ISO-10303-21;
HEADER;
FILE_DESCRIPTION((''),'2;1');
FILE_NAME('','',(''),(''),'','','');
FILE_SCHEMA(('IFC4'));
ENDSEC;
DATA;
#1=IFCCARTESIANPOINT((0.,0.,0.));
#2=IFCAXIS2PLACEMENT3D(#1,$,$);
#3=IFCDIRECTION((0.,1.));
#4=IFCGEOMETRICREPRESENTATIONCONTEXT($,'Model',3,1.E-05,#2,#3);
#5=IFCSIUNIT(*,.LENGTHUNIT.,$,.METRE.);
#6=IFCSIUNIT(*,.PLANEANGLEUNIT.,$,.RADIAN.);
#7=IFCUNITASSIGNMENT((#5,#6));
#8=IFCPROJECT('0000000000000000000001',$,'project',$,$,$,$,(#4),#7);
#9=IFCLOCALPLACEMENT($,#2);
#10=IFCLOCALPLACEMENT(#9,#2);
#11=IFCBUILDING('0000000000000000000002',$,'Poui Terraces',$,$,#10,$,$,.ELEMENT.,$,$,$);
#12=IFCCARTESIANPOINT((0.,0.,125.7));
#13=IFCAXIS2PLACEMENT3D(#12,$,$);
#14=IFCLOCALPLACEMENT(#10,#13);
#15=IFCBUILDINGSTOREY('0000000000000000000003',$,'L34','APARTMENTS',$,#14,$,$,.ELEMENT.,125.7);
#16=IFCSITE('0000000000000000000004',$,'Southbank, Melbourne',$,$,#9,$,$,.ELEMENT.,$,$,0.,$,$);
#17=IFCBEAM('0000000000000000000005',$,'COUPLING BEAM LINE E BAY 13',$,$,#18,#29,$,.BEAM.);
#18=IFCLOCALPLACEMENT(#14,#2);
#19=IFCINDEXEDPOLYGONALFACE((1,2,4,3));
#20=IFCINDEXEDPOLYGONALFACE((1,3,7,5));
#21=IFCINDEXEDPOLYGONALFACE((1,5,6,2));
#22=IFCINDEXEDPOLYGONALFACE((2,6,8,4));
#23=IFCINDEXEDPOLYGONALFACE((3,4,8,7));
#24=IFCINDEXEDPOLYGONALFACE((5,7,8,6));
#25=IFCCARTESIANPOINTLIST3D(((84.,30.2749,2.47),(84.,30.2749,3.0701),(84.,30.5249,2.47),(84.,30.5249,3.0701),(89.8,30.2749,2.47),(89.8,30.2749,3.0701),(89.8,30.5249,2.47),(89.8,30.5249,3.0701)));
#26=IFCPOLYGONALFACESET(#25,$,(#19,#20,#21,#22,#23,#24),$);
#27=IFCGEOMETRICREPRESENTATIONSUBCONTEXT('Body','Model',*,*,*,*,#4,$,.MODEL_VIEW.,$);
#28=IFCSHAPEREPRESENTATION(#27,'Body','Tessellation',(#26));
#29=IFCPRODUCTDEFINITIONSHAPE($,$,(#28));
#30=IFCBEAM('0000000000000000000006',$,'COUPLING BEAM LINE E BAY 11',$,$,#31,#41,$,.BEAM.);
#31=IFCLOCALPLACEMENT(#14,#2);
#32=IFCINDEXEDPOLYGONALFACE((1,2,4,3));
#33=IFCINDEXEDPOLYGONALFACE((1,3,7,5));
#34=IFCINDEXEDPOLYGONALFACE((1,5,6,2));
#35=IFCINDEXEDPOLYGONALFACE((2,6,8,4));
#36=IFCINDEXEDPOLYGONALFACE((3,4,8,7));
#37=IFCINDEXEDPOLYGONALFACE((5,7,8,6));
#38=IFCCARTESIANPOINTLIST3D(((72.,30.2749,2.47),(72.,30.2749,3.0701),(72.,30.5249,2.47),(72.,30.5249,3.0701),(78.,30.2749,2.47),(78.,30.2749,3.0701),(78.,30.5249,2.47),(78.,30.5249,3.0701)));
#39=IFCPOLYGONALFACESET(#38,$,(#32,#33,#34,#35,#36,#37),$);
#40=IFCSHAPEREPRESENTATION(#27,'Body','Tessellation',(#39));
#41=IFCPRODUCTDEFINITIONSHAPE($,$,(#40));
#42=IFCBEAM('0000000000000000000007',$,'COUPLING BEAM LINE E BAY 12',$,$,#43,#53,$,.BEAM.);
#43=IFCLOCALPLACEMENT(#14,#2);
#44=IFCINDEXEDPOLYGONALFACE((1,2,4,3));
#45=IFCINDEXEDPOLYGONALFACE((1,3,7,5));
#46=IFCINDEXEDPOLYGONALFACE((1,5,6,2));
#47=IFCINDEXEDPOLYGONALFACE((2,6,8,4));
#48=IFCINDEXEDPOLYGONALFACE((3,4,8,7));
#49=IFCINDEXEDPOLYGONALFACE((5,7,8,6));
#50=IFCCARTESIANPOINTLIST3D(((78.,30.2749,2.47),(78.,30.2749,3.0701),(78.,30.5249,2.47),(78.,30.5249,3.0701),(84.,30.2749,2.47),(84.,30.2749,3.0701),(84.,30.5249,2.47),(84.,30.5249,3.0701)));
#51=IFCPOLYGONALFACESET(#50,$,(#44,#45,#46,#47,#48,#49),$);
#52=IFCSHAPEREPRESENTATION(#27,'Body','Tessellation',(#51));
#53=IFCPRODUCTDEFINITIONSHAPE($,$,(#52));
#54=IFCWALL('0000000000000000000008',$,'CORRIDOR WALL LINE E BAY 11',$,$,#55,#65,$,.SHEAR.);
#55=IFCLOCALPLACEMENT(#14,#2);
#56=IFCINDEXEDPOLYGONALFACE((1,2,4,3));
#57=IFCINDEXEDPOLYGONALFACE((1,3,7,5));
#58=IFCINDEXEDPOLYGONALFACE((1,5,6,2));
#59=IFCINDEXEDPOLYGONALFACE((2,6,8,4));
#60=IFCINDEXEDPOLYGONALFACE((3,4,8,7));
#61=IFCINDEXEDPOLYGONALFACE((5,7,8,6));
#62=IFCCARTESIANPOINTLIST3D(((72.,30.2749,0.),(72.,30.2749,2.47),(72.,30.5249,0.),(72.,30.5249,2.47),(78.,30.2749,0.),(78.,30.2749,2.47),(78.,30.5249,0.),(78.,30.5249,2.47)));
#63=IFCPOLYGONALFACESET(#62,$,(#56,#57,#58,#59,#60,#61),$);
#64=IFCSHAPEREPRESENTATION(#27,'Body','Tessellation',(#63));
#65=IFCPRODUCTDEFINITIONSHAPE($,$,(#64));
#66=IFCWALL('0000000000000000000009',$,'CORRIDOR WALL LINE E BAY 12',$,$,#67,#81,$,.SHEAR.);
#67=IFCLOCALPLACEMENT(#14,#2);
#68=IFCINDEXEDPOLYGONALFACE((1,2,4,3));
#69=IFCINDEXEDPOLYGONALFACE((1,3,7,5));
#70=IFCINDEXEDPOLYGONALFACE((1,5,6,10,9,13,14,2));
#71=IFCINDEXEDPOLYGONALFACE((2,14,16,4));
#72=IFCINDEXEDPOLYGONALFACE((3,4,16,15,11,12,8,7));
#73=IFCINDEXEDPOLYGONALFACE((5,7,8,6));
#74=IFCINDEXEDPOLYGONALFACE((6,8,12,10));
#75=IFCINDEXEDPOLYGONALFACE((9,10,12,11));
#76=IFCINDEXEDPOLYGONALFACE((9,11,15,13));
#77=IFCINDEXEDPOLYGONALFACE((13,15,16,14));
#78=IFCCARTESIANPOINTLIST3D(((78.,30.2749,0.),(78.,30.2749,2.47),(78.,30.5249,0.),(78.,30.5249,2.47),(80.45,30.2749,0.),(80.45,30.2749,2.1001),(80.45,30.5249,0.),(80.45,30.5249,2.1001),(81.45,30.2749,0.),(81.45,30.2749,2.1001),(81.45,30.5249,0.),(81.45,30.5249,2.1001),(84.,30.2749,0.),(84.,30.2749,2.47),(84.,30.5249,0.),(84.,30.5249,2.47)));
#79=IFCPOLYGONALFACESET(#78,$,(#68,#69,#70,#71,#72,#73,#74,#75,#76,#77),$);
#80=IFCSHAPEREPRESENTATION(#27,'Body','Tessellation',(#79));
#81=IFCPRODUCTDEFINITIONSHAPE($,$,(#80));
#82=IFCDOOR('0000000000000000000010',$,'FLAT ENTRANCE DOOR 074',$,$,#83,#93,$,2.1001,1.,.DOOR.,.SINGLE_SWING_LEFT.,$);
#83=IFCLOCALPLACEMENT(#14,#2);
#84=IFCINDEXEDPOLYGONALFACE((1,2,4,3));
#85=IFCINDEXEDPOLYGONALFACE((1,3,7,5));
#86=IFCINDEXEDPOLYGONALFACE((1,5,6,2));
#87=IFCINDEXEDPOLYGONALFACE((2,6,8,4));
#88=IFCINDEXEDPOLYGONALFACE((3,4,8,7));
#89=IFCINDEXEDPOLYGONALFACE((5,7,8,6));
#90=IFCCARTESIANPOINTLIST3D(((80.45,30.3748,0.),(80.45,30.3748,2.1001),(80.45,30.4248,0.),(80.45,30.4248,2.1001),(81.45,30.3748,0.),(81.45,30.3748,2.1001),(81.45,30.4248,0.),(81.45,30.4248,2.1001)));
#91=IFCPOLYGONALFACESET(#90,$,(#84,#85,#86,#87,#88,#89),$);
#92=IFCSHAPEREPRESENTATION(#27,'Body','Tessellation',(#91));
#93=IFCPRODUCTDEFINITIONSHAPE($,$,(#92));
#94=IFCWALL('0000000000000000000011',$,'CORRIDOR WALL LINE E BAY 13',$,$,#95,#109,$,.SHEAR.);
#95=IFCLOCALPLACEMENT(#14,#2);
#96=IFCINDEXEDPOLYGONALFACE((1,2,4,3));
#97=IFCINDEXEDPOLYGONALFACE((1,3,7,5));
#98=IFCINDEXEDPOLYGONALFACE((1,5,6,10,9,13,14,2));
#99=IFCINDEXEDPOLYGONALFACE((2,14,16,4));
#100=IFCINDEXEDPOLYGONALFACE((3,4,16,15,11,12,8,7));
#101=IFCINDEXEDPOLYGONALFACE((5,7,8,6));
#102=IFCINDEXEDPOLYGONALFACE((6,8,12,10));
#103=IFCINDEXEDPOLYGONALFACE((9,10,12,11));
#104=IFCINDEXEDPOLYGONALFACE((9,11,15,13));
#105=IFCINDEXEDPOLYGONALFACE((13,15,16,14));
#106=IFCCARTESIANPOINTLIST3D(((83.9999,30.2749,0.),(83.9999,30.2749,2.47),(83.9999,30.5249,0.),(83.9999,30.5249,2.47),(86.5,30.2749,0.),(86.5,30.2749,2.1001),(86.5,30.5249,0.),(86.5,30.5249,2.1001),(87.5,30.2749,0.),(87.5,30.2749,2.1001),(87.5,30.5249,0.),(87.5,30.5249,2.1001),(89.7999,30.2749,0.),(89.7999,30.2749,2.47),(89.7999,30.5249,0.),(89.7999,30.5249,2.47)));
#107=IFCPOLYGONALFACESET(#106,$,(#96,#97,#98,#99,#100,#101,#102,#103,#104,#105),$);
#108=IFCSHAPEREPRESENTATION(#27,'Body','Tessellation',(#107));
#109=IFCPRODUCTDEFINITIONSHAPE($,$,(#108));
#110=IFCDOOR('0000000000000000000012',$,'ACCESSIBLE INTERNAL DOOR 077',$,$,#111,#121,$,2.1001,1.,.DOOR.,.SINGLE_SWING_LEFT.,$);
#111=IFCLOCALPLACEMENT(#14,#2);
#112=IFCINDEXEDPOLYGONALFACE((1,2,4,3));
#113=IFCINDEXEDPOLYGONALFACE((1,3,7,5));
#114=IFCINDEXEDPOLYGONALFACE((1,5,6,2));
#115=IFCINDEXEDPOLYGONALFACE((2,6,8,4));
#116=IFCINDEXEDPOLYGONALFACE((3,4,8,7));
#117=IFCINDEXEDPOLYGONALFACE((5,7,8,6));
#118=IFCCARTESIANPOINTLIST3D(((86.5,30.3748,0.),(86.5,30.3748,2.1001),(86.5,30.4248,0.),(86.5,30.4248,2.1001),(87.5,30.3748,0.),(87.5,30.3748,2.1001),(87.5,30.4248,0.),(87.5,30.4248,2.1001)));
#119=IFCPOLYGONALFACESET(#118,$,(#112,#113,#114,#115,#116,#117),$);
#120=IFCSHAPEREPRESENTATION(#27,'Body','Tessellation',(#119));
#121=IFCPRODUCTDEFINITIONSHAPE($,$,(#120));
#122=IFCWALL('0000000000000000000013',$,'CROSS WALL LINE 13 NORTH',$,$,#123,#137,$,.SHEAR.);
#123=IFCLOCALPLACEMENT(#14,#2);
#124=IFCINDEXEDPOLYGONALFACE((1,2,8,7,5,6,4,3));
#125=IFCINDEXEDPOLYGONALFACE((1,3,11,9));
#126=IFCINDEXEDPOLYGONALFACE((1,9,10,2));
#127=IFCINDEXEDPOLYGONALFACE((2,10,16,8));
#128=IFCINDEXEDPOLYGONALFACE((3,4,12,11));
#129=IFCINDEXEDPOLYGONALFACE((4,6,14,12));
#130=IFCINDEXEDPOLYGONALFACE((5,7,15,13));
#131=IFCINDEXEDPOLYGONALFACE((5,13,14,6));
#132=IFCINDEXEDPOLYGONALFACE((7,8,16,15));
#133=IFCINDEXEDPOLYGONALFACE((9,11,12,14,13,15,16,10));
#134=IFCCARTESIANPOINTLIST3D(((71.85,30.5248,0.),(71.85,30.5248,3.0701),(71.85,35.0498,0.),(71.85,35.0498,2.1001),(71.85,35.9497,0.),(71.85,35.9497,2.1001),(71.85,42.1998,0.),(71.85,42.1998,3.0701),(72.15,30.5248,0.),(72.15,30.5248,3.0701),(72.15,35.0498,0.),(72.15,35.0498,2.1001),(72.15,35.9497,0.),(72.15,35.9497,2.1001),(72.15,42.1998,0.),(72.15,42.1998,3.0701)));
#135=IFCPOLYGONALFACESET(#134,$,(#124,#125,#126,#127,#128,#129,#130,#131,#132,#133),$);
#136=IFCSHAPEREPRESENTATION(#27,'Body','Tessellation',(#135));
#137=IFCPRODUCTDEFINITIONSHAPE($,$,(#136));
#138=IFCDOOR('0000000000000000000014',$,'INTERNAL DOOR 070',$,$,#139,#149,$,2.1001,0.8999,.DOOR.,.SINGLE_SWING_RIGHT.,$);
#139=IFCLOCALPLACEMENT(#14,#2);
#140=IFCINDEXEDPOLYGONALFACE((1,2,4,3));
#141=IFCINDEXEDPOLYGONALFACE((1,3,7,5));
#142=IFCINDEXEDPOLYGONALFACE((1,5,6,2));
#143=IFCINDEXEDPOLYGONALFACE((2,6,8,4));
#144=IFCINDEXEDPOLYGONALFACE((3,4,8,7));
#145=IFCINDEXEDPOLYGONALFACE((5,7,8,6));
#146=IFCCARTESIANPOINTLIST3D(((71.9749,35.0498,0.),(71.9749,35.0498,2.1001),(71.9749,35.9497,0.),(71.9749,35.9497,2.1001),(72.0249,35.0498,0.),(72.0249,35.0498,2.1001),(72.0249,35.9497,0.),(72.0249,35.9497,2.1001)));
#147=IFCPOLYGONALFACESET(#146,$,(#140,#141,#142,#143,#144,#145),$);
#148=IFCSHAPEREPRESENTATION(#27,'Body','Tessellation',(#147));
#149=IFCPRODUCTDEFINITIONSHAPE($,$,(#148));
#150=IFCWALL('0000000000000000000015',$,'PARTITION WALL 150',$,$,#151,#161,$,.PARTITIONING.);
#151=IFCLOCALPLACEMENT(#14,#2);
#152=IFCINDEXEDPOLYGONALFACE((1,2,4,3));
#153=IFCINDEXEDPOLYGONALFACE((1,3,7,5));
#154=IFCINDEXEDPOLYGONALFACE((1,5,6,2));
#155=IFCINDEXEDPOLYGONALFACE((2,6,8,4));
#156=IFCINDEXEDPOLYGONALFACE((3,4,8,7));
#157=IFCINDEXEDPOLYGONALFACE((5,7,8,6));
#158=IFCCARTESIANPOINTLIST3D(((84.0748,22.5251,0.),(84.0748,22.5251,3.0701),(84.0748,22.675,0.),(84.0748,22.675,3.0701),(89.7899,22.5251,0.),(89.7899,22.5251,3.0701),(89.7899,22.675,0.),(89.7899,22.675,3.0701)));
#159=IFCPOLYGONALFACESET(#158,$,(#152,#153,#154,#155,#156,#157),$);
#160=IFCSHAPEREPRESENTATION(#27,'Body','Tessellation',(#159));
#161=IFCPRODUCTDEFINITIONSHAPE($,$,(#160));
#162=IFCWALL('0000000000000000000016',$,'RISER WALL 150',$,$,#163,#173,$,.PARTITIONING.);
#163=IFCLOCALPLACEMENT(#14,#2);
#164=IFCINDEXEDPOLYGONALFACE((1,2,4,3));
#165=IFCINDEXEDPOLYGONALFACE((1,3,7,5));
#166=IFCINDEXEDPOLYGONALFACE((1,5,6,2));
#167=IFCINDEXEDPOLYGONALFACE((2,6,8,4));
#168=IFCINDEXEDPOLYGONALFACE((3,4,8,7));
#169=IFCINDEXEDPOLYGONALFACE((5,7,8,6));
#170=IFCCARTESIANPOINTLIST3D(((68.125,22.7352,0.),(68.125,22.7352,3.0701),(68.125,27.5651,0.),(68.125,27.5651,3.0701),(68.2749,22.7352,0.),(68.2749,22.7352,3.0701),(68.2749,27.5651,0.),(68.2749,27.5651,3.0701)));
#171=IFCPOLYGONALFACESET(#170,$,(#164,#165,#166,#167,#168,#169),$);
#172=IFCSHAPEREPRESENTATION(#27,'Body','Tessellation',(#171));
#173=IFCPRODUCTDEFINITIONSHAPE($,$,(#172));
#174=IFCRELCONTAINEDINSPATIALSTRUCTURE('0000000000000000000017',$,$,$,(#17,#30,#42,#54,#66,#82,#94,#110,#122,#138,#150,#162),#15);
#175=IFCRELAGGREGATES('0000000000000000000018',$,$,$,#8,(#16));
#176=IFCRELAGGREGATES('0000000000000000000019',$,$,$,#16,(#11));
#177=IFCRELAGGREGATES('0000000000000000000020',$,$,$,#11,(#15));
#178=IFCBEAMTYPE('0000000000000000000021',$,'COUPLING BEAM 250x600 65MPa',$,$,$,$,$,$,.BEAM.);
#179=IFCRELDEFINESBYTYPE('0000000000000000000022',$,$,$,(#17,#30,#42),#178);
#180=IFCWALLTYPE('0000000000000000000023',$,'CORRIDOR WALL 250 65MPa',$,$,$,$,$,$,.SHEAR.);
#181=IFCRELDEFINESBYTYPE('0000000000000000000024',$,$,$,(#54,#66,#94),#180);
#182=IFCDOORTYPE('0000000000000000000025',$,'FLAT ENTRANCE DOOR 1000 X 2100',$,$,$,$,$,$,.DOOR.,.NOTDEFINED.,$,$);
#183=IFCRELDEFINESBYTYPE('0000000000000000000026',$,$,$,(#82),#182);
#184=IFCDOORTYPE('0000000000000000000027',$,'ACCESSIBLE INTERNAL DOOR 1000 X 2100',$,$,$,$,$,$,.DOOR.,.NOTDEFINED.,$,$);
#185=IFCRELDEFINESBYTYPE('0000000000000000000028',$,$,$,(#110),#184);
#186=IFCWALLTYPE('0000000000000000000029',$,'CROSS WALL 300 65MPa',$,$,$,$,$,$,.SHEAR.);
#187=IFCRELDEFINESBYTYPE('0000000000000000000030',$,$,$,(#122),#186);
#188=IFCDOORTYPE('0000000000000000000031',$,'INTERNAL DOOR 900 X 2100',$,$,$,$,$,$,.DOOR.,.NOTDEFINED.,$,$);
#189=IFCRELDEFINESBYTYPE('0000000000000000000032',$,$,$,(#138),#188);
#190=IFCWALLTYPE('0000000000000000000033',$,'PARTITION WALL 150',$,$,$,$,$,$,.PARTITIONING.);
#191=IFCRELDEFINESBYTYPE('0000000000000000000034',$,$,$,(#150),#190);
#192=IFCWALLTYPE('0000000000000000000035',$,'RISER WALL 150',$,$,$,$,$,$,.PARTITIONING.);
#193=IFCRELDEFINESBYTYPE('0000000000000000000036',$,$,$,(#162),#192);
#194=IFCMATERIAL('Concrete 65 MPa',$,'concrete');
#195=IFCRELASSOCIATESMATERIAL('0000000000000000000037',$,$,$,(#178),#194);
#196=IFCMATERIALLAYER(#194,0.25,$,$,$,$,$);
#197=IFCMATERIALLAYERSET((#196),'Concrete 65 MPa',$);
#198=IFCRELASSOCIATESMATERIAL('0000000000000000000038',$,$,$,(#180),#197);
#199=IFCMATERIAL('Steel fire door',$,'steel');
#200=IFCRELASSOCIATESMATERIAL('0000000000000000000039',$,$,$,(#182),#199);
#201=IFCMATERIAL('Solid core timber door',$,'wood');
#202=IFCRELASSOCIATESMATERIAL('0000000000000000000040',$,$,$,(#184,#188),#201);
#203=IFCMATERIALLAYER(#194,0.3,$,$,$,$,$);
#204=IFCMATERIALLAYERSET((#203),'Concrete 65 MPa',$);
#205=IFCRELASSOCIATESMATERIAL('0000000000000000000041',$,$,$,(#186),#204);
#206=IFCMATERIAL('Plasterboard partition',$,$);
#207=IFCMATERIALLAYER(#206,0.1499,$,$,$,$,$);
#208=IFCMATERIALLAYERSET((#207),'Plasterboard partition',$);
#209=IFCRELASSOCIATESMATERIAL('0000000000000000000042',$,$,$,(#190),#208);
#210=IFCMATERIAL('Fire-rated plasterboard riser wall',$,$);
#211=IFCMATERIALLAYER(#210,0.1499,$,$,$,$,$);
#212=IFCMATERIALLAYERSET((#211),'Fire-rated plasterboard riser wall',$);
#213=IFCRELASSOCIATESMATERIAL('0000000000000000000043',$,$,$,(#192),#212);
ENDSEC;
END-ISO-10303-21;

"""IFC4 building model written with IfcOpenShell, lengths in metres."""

from ifc_helpers import new_model, si_unit, direction, frame, frame_2d, origin, origin_2d, place, context, subcontext, project, spatial, rectangle, extrude, source, transform, mapped, material, layer, layer_set, material_profile, profile_set, type_object, element, fill, save


model = new_model("IFC4")

# Units and contexts
model_context = context("Model", 3, precision=1e-05, world=origin(), true_north=direction((0.0, 1.0)))
body_context = subcontext(model_context, "Body", "Model", "MODEL_VIEW")
ifc_project = project(units=[si_unit("LENGTHUNIT", "METRE"), si_unit("PLANEANGLEUNIT", "RADIAN")], contexts=[model_context])

# Site, building, storey
site_placement = place(None, origin())
site = spatial("IfcSite", under=ifc_project, at=site_placement, Name="Southbank, Melbourne", CompositionType="ELEMENT", RefElevation=0.0)
building_placement = place(site_placement, origin())
building = spatial("IfcBuilding", under=site, at=building_placement, Name="Poui Terraces", CompositionType="ELEMENT")
storey_placement = place(building_placement, frame((0.0, 0.0, 125.7)))
storey = spatial("IfcBuildingStorey", under=building, at=storey_placement, Name="L34", Description="APARTMENTS", CompositionType="ELEMENT", Elevation=125.7)

# Beams
ifc_material_1 = material(Name="Concrete 65 MPa", Category="concrete")
ifc_material_profile = material_profile(ifc_material_1, rectangle(XDim=0.25, YDim=0.6001, at=origin_2d()), Name="RC 250x600")
ifc_profile_set = profile_set([ifc_material_profile], Name="Concrete 65 MPa")
beam_type = type_object("IfcBeamType", Name="COUPLING BEAM 250x600 65MPa", PredefinedType="BEAM", material=ifc_profile_set)
shared_shape_1 = source(origin(), body_context, "Body", "SweptSolid", [
    extrude(rectangle(XDim=0.25, YDim=0.6001, at=origin_2d()), origin(), (0.0, 0.0, 1.0), 5.8),
])
beam_placement = place(storey_placement, frame((84.0, 30.3999, 2.77), z_axis=(1.0, 0.0, 0.0), x_axis=(0.0, 1.0, 0.0)))
element("IfcBeam", 1, at=beam_placement, inside=storey, type_object=beam_type, Name="COUPLING BEAM LINE E BAY 13", PredefinedType="BEAM", context=body_context, shape_type="MappedRepresentation", body=[
    mapped(shared_shape_1, transform((0.0, 0.0, 0.0))),
])
shared_shape_2 = source(origin(), body_context, "Body", "SweptSolid", [
    extrude(rectangle(XDim=0.25, YDim=0.6001, at=origin_2d()), origin(), (0.0, 0.0, 1.0), 6.0),
])
for number, where, z_axis, x_axis, name in (
    (2, (72.0, 30.3999, 2.77), (1.0, 0.0, 0.0), (0.0, 1.0, 0.0), "COUPLING BEAM LINE E BAY 11"),
    (3, (78.0, 30.3999, 2.77), (1.0, 0.0, 0.0), (0.0, 1.0, 0.0), "COUPLING BEAM LINE E BAY 12"),
):
    element("IfcBeam", number, at=place(storey_placement, frame(where, z_axis=z_axis, x_axis=x_axis)), inside=storey, type_object=beam_type, Name=name, PredefinedType="BEAM", context=body_context, shape_type="MappedRepresentation", body=[
        mapped(shared_shape_2, transform((0.0, 0.0, 0.0))),
    ])

# Wall
ifc_layer_1 = layer(ifc_material_1, 0.25)
ifc_layer_set_1 = layer_set([ifc_layer_1], Name="Concrete 65 MPa")
wall_type_1 = type_object("IfcWallType", Name="CORRIDOR WALL 250 65MPa", PredefinedType="SHEAR", material=ifc_layer_set_1)
wall_1_placement = place(storey_placement, frame((72.0, 30.3999, 0.0), z_axis=(0.0, 0.0, 1.0), x_axis=(1.0, 0.0, 0.0)))
element("IfcWall", 4, at=wall_1_placement, inside=storey, type_object=wall_type_1, Name="CORRIDOR WALL LINE E BAY 11", PredefinedType="SHEAR", context=body_context, shape_type="SweptSolid", body=[
    extrude(rectangle(XDim=6.0, YDim=0.25, at=frame_2d((3.0, 0.0))), origin(), (0.0, 0.0, 1.0), 2.47),
])

# Walls, openings, doors
wall_2_placement = place(storey_placement, frame((78.0, 30.3999, 0.0), z_axis=(0.0, 0.0, 1.0), x_axis=(1.0, 0.0, 0.0)))
wall_2 = element("IfcWall", 5, at=wall_2_placement, inside=storey, type_object=wall_type_1, Name="CORRIDOR WALL LINE E BAY 12", PredefinedType="SHEAR", context=body_context, shape_type="SweptSolid", body=[
    extrude(rectangle(XDim=6.0, YDim=0.25, at=frame_2d((3.0, 0.0))), origin(), (0.0, 0.0, 1.0), 2.47),
])
opening_1_placement = place(wall_2_placement, frame((2.45, 0.0, 0.0)))
opening_1 = element("IfcOpeningElement", 6, at=opening_1_placement, cuts=wall_2, PredefinedType="OPENING", context=body_context, shape_type="SweptSolid", body=[
    extrude(rectangle(XDim=1.0, YDim=2.1001, at=frame_2d((0.5, 1.05))), frame((0.0, 0.135, 0.0), z_axis=(0.0, -1.0, 0.0), x_axis=(1.0, 0.0, 0.0)), (0.0, 0.0, 1.0), 0.27),
])
ifc_material_2 = material(Name="Steel fire door", Category="steel")
door_type_1 = type_object("IfcDoorType", Name="FLAT ENTRANCE DOOR 1000 X 2100", OperationType="NOTDEFINED", PredefinedType="DOOR", material=ifc_material_2)
door_1_placement = place(opening_1_placement, origin())
door_1 = element("IfcDoor", 7, at=door_1_placement, inside=storey, type_object=door_type_1, Name="FLAT ENTRANCE DOOR 074", OperationType="SINGLE_SWING_LEFT", OverallHeight=2.1001, OverallWidth=1.0, PredefinedType="DOOR", context=body_context, shape_type="SweptSolid", body=[
    extrude(rectangle(XDim=1.0, YDim=2.1001, at=frame_2d((0.5, 1.05))), frame((0.0, 0.0249, 0.0), z_axis=(0.0, -1.0, 0.0), x_axis=(1.0, 0.0, 0.0)), (0.0, 0.0, 1.0), 0.05),
])
fill(opening_1, door_1)
wall_3_placement = place(storey_placement, frame((84.0, 30.3999, 0.0), z_axis=(0.0, 0.0, 1.0), x_axis=(1.0, 0.0, 0.0)))
wall_3 = element("IfcWall", 8, at=wall_3_placement, inside=storey, type_object=wall_type_1, Name="CORRIDOR WALL LINE E BAY 13", PredefinedType="SHEAR", context=body_context, shape_type="SweptSolid", body=[
    extrude(rectangle(XDim=5.8, YDim=0.25, at=frame_2d((2.8999, 0.0))), origin(), (0.0, 0.0, 1.0), 2.47),
])
opening_2_placement = place(wall_3_placement, frame((2.5, 0.0, 0.0)))
opening_2 = element("IfcOpeningElement", 9, at=opening_2_placement, cuts=wall_3, PredefinedType="OPENING", context=body_context, shape_type="SweptSolid", body=[
    extrude(rectangle(XDim=1.0, YDim=2.1001, at=frame_2d((0.5, 1.05))), frame((0.0, 0.135, 0.0), z_axis=(0.0, -1.0, 0.0), x_axis=(1.0, 0.0, 0.0)), (0.0, 0.0, 1.0), 0.27),
])
ifc_material_3 = material(Name="Solid core timber door", Category="wood")
door_type_2 = type_object("IfcDoorType", Name="ACCESSIBLE INTERNAL DOOR 1000 X 2100", OperationType="NOTDEFINED", PredefinedType="DOOR", material=ifc_material_3)
door_2_placement = place(opening_2_placement, origin())
door_2 = element("IfcDoor", 10, at=door_2_placement, inside=storey, type_object=door_type_2, Name="ACCESSIBLE INTERNAL DOOR 077", OperationType="SINGLE_SWING_LEFT", OverallHeight=2.1001, OverallWidth=1.0, PredefinedType="DOOR", context=body_context, shape_type="SweptSolid", body=[
    extrude(rectangle(XDim=1.0, YDim=2.1001, at=frame_2d((0.5, 1.05))), frame((0.0, 0.0249, 0.0), z_axis=(0.0, -1.0, 0.0), x_axis=(1.0, 0.0, 0.0)), (0.0, 0.0, 1.0), 0.05),
])
fill(opening_2, door_2)
ifc_layer_2 = layer(ifc_material_1, 0.3)
ifc_layer_set_2 = layer_set([ifc_layer_2], Name="Concrete 65 MPa")
wall_type_2 = type_object("IfcWallType", Name="CROSS WALL 300 65MPa", PredefinedType="SHEAR", material=ifc_layer_set_2)
wall_4_placement = place(storey_placement, frame((72.0, 30.5249, 0.0), z_axis=(0.0, 0.0, 1.0), x_axis=(0.0, 1.0, 0.0)))
wall_4 = element("IfcWall", 11, at=wall_4_placement, inside=storey, type_object=wall_type_2, Name="CROSS WALL LINE 13 NORTH", PredefinedType="SHEAR", context=body_context, shape_type="SweptSolid", body=[
    extrude(rectangle(XDim=11.675, YDim=0.3, at=frame_2d((5.8374, 0.0))), origin(), (0.0, 0.0, 1.0), 3.0701),
])
opening_3_placement = place(wall_4_placement, frame((4.5249, 0.0, 0.0)))
opening_3 = element("IfcOpeningElement", 12, at=opening_3_placement, cuts=wall_4, PredefinedType="OPENING", context=body_context, shape_type="SweptSolid", body=[
    extrude(rectangle(XDim=0.8999, YDim=2.1001, at=frame_2d((0.45, 1.05))), frame((0.0, 0.1602, 0.0), z_axis=(0.0, -1.0, 0.0), x_axis=(1.0, 0.0, 0.0)), (0.0, 0.0, 1.0), 0.3201),
])
door_type_3 = type_object("IfcDoorType", Name="INTERNAL DOOR 900 X 2100", OperationType="NOTDEFINED", PredefinedType="DOOR", material=ifc_material_3)
door_3_placement = place(opening_3_placement, frame((0.8999, 0.0, 0.0), z_axis=(0.0, 0.0, 1.0), x_axis=(-1.0, 0.0, 0.0)))
door_3 = element("IfcDoor", 13, at=door_3_placement, inside=storey, type_object=door_type_3, Name="INTERNAL DOOR 070", OperationType="SINGLE_SWING_RIGHT", OverallHeight=2.1001, OverallWidth=0.8999, PredefinedType="DOOR", context=body_context, shape_type="SweptSolid", body=[
    extrude(rectangle(XDim=0.8999, YDim=2.1001, at=frame_2d((0.45, 1.05))), frame((0.0, 0.0249, 0.0), z_axis=(0.0, -1.0, 0.0), x_axis=(1.0, 0.0, 0.0)), (0.0, 0.0, 1.0), 0.05),
])
fill(opening_3, door_3)

# Walls
ifc_material_4 = material(Name="Plasterboard partition")
ifc_layer_3 = layer(ifc_material_4, 0.1499)
ifc_layer_set_3 = layer_set([ifc_layer_3], Name="Plasterboard partition")
wall_type_3 = type_object("IfcWallType", Name="PARTITION WALL 150", PredefinedType="PARTITIONING", material=ifc_layer_set_3)
wall_5_placement = place(storey_placement, frame((84.075, 22.6001, 0.0), z_axis=(0.0, 0.0, 1.0), x_axis=(1.0, 0.0, 0.0)))
element("IfcWall", 14, at=wall_5_placement, inside=storey, type_object=wall_type_3, Name="PARTITION WALL 150", PredefinedType="PARTITIONING", context=body_context, shape_type="SweptSolid", body=[
    extrude(rectangle(XDim=5.7151, YDim=0.1499, at=frame_2d((2.8574, 0.0))), origin(), (0.0, 0.0, 1.0), 3.0701),
])
ifc_material_5 = material(Name="Fire-rated plasterboard riser wall")
ifc_layer_4 = layer(ifc_material_5, 0.1499)
ifc_layer_set_4 = layer_set([ifc_layer_4], Name="Fire-rated plasterboard riser wall")
wall_type_4 = type_object("IfcWallType", Name="RISER WALL 150", PredefinedType="PARTITIONING", material=ifc_layer_set_4)
for number, where, z_axis, x_axis, name in (
    (15, (68.2, 22.7351, 0.0), (0.0, 0.0, 1.0), (0.0, 1.0, 0.0), "RISER WALL 150"),
):
    element("IfcWall", number, at=place(storey_placement, frame(where, z_axis=z_axis, x_axis=x_axis)), inside=storey, type_object=wall_type_4, Name=name, PredefinedType="PARTITIONING", context=body_context, shape_type="SweptSolid", body=[
        extrude(rectangle(XDim=4.8298, YDim=0.1499, at=frame_2d((2.415, 0.0))), origin(), (0.0, 0.0, 1.0), 3.0701),
    ])

save(model, "model.ifc")
